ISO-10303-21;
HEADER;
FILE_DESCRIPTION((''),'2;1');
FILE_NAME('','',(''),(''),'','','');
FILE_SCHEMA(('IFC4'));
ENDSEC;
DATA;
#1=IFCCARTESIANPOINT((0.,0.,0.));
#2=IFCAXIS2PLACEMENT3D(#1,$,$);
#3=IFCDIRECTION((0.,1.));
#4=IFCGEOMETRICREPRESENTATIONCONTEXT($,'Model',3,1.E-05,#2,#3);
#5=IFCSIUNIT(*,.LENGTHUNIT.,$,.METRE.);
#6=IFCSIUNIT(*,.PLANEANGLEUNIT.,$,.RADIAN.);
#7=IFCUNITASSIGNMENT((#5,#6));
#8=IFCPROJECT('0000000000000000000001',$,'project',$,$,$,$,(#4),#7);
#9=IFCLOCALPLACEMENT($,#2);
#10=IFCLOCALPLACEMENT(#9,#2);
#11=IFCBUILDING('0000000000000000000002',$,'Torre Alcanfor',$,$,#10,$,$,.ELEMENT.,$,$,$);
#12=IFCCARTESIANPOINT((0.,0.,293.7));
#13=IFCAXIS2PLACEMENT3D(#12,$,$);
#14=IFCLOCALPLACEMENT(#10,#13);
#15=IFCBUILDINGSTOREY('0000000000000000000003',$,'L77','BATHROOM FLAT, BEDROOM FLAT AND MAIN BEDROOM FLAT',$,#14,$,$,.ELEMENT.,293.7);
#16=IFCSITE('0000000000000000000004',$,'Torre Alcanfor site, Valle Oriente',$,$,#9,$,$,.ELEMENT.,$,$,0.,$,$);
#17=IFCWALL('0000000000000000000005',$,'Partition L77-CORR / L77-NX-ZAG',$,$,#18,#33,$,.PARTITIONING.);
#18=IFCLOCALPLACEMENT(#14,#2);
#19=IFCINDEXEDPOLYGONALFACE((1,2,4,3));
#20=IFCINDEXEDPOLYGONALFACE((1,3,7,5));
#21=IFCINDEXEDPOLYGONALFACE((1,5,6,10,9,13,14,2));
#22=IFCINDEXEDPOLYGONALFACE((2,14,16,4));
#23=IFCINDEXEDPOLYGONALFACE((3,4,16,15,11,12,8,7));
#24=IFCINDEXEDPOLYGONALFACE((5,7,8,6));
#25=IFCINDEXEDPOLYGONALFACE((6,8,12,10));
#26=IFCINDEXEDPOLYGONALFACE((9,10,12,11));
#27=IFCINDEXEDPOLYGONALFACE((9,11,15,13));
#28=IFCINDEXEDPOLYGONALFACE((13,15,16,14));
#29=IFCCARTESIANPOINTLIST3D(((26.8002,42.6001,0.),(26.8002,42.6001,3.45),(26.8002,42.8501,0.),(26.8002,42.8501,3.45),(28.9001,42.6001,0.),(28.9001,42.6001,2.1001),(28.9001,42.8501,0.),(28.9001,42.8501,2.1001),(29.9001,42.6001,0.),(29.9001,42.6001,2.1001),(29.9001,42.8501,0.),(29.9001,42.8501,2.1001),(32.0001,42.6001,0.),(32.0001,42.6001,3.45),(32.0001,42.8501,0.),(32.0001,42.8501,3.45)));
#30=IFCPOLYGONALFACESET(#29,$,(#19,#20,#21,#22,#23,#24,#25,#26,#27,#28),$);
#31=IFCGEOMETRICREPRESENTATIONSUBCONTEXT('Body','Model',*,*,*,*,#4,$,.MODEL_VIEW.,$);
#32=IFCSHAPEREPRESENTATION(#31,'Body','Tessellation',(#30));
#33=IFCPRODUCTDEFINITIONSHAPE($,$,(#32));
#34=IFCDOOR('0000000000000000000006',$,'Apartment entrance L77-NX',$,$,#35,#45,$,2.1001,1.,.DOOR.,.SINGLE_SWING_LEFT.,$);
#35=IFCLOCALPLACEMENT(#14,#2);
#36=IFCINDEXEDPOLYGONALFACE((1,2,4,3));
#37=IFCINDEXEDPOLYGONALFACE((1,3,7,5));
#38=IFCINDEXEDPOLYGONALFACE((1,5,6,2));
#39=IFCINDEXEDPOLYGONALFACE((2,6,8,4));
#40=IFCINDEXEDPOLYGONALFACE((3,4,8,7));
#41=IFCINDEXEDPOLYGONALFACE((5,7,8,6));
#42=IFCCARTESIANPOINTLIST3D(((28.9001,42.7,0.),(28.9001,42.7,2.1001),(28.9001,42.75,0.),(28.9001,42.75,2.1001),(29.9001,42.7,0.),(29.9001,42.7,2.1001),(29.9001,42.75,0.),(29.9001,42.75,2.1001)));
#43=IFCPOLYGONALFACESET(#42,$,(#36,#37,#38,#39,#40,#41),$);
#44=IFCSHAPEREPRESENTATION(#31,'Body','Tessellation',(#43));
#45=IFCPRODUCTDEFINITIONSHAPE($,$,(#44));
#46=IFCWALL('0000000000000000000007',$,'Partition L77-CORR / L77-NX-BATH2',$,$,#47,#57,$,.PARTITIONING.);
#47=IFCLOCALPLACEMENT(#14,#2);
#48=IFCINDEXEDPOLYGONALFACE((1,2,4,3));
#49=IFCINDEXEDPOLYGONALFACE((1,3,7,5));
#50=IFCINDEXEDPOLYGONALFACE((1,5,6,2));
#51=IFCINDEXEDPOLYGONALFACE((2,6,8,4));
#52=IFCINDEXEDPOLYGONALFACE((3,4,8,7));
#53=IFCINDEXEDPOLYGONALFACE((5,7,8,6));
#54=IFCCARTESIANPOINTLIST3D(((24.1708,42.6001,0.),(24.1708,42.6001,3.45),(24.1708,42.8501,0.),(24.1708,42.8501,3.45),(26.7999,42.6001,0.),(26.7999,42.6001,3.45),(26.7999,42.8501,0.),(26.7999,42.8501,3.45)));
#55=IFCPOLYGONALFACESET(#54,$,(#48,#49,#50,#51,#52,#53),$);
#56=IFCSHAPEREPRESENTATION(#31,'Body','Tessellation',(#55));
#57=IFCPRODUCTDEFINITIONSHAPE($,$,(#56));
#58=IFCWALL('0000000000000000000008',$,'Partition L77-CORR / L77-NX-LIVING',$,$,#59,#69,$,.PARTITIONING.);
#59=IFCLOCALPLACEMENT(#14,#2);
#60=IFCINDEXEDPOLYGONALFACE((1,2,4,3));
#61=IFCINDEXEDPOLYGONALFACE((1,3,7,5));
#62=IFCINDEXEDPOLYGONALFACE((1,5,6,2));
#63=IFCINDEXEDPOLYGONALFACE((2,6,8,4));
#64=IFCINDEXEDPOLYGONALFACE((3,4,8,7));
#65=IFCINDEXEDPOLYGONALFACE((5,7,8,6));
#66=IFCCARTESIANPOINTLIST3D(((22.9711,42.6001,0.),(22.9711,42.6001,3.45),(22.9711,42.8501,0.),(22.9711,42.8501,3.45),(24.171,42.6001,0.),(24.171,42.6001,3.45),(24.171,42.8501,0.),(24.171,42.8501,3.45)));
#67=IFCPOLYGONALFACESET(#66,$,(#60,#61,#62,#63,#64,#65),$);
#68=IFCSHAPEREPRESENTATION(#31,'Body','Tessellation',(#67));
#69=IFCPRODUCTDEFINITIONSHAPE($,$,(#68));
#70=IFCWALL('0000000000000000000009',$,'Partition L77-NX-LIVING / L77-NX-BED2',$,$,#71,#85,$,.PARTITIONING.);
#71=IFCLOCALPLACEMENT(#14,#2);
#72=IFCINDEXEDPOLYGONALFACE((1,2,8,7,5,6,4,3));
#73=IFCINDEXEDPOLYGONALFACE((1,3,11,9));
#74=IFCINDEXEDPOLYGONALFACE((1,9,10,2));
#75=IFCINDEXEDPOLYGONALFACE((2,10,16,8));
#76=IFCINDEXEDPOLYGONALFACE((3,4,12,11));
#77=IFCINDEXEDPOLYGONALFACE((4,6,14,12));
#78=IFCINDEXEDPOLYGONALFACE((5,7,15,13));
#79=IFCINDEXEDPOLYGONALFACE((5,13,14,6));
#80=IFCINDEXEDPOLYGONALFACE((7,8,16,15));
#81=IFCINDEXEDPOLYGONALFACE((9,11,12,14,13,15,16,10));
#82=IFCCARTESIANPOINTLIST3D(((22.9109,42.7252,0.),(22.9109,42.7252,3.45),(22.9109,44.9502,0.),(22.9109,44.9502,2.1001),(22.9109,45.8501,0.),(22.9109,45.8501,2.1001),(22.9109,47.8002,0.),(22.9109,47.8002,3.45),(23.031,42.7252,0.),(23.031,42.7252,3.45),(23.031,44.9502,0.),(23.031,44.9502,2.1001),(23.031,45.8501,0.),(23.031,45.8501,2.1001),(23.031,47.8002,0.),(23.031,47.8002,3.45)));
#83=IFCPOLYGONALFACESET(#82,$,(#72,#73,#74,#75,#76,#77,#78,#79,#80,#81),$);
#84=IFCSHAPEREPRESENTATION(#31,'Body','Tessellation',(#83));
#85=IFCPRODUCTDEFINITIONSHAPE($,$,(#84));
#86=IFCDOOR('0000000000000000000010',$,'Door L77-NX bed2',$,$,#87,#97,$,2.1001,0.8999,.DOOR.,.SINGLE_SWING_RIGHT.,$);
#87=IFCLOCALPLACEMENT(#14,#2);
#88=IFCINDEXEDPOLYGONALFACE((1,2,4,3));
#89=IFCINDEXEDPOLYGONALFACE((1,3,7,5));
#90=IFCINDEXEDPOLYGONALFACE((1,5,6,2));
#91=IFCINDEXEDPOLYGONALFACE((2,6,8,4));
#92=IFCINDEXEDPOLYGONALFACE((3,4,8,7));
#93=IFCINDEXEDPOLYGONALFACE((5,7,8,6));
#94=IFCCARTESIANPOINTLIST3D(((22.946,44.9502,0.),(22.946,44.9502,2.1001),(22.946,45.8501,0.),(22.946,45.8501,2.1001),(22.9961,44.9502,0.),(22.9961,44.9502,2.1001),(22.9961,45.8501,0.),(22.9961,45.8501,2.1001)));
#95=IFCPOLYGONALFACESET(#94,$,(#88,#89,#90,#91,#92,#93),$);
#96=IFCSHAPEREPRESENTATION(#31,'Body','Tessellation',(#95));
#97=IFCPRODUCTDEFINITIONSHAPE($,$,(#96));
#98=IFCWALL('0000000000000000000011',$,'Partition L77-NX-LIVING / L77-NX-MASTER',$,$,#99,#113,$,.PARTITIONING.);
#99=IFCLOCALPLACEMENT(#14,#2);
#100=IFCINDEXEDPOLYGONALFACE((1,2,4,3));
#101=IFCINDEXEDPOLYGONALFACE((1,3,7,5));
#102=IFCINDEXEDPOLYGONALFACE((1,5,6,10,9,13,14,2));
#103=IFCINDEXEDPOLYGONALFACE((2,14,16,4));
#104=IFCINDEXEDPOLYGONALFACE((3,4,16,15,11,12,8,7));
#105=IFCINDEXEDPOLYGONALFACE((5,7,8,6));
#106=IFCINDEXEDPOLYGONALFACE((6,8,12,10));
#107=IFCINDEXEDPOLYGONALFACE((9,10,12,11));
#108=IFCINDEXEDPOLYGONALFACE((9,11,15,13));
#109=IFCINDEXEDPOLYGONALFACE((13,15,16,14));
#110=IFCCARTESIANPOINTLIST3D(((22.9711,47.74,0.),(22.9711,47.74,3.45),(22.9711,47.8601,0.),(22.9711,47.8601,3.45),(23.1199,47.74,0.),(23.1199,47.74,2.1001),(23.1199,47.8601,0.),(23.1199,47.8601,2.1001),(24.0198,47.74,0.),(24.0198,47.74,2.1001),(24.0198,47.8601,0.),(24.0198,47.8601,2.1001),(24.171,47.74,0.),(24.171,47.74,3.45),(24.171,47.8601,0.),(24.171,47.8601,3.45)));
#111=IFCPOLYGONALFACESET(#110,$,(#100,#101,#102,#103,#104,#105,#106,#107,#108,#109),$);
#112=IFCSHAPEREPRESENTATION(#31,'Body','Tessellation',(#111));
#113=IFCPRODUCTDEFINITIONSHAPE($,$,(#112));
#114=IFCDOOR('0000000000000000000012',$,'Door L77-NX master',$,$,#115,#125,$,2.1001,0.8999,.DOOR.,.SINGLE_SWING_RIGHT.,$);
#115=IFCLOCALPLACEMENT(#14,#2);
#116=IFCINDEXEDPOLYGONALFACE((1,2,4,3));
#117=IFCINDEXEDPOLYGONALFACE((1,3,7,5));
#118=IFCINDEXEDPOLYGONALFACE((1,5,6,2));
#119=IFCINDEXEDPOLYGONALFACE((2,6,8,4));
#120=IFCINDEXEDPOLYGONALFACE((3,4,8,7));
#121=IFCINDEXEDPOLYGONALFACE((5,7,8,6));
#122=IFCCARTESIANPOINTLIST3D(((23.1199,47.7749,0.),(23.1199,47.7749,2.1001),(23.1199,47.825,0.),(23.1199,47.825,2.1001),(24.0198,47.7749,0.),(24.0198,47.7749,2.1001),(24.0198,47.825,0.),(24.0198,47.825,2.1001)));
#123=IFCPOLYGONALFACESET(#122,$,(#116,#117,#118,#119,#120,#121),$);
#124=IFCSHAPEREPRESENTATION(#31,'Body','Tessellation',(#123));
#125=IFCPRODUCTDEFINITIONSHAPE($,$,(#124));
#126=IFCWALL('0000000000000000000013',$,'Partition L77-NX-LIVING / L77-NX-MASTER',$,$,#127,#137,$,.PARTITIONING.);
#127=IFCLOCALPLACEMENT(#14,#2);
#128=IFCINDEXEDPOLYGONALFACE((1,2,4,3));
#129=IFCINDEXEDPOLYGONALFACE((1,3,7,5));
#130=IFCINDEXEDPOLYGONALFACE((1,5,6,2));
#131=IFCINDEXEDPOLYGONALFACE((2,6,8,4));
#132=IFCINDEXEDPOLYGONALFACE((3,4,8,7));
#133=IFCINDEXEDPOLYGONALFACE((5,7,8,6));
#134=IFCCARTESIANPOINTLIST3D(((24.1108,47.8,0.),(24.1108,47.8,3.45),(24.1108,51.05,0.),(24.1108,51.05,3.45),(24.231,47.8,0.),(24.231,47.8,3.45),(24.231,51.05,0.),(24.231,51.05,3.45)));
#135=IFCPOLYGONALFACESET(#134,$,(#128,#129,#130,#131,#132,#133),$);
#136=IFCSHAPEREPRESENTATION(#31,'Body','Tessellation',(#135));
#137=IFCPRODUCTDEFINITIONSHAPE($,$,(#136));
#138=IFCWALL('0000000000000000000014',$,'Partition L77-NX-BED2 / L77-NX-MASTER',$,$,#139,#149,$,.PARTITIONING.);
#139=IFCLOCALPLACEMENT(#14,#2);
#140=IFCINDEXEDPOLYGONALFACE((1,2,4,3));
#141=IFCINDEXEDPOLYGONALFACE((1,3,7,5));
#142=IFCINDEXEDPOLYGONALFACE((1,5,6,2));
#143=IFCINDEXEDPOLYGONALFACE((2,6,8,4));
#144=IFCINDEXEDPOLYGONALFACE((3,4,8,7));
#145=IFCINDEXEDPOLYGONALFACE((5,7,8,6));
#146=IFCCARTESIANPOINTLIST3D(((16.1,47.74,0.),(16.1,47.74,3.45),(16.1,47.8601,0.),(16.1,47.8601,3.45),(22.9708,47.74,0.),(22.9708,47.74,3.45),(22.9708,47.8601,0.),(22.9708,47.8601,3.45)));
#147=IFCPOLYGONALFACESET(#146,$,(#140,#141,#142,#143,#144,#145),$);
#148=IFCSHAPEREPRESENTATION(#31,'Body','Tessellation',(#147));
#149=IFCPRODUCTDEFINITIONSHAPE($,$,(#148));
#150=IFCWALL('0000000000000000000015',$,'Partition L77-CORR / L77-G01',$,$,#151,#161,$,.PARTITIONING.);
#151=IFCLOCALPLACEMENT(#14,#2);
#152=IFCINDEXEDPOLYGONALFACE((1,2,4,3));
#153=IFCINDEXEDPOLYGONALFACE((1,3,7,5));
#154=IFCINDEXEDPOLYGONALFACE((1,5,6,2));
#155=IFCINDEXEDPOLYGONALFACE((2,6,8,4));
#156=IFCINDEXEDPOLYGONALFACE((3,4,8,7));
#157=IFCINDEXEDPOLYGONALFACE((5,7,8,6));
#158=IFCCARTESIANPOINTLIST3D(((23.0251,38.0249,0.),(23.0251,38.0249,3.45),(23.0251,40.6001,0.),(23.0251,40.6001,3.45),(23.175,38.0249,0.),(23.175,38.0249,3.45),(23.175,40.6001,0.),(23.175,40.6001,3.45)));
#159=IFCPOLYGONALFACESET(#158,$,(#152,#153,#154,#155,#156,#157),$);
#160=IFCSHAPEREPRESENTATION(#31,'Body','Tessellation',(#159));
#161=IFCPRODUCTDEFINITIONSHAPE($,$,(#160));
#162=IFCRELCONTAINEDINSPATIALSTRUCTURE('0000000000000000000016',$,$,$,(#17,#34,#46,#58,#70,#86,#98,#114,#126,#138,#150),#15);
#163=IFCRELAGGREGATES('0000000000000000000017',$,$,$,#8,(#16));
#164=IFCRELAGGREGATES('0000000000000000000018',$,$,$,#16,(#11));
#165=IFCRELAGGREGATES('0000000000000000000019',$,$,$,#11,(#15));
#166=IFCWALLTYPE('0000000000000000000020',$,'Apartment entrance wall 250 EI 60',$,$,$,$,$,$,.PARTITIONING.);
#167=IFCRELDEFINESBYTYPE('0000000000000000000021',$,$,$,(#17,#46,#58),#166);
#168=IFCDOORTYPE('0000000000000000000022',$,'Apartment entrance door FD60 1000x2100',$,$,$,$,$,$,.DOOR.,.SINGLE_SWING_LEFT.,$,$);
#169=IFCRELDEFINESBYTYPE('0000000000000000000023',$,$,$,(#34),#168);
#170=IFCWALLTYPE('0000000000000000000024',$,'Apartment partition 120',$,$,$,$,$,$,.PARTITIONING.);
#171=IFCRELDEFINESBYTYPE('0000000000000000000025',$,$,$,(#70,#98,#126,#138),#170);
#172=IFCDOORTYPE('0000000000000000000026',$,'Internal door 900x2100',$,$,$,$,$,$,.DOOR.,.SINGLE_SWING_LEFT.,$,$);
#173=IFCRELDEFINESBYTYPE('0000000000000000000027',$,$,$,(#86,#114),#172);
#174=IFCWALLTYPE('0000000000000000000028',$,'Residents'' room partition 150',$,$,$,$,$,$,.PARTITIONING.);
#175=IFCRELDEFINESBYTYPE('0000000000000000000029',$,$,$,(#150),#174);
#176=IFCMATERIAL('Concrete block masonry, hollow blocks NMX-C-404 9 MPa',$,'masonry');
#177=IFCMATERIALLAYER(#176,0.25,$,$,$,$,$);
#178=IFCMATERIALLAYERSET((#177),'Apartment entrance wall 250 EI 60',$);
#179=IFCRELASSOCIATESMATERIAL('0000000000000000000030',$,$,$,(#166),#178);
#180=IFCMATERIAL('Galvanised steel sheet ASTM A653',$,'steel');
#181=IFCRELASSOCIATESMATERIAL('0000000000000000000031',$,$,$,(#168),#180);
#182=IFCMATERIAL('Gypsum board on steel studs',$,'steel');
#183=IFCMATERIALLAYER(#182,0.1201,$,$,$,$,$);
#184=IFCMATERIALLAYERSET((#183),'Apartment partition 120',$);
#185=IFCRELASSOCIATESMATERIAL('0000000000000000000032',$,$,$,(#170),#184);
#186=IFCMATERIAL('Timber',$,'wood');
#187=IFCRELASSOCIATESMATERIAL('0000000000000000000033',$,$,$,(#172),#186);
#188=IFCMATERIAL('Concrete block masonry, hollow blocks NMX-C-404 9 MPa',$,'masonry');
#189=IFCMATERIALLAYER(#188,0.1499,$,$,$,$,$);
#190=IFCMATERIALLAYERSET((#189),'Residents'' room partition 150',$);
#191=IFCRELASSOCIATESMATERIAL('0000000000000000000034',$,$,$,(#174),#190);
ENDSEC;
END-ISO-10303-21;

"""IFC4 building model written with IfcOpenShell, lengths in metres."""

from ifc_helpers import new_model, si_unit, direction, frame, frame_2d, origin, place, context, subcontext, project, spatial, rectangle, extrude, material, layer, layer_set, type_object, element, fill, save


model = new_model("IFC4")

# Units and contexts
model_context = context("Model", 3, precision=1e-05, world=origin(), true_north=direction((0.0, 1.0)))
body_context = subcontext(model_context, "Body", "Model", "MODEL_VIEW")
ifc_project = project(units=[si_unit("LENGTHUNIT", "METRE"), si_unit("PLANEANGLEUNIT", "RADIAN")], contexts=[model_context])

# Site, building, storey
site_placement = place(None, origin())
site = spatial("IfcSite", under=ifc_project, at=site_placement, Name="Torre Alcanfor site, Valle Oriente", CompositionType="ELEMENT", RefElevation=0.0)
building_placement = place(site_placement, origin())
building = spatial("IfcBuilding", under=site, at=building_placement, Name="Torre Alcanfor", CompositionType="ELEMENT")
storey_placement = place(building_placement, frame((0.0, 0.0, 293.7)))
storey = spatial("IfcBuildingStorey", under=building, at=storey_placement, Name="L77", Description="BATHROOM FLAT, BEDROOM FLAT AND MAIN BEDROOM FLAT", CompositionType="ELEMENT", Elevation=293.7)

# Wall, opening, door
ifc_material_1 = material(Name="Concrete block masonry, hollow blocks NMX-C-404 9 MPa", Category="masonry")
ifc_layer_1 = layer(ifc_material_1, 0.25)
ifc_layer_set_1 = layer_set([ifc_layer_1], Name="Apartment entrance wall 250 EI 60")
wall_type_1 = type_object("IfcWallType", Name="Apartment entrance wall 250 EI 60", PredefinedType="PARTITIONING", material=ifc_layer_set_1)
wall_1_placement = place(storey_placement, frame((26.8, 42.7251, 0.0), z_axis=(0.0, 0.0, 1.0), x_axis=(1.0, 0.0, 0.0)))
wall_1 = element("IfcWall", 1, at=wall_1_placement, inside=storey, type_object=wall_type_1, Name="Partition L77-CORR / L77-NX-ZAG", PredefinedType="PARTITIONING", context=body_context, shape_type="SweptSolid", body=[
    extrude(rectangle(XDim=5.2, YDim=0.25, at=frame_2d((2.6001, 0.0))), origin(), (0.0, 0.0, 1.0), 3.45),
])
opening_1_placement = place(wall_1_placement, frame((2.1001, 0.0, 0.0)))
opening_1 = element("IfcOpeningElement", 2, at=opening_1_placement, cuts=wall_1, PredefinedType="OPENING", context=body_context, shape_type="SweptSolid", body=[
    extrude(rectangle(XDim=1.0, YDim=2.1001, at=frame_2d((0.5, 1.05))), frame((0.0, 0.135, 0.0), z_axis=(0.0, -1.0, 0.0), x_axis=(1.0, 0.0, 0.0)), (0.0, 0.0, 1.0), 0.27),
])
ifc_material_2 = material(Name="Galvanised steel sheet ASTM A653", Category="steel")
door_type_1 = type_object("IfcDoorType", Name="Apartment entrance door FD60 1000x2100", OperationType="SINGLE_SWING_LEFT", PredefinedType="DOOR", material=ifc_material_2)
door_1_placement = place(opening_1_placement, origin())
door_1 = element("IfcDoor", 3, at=door_1_placement, inside=storey, type_object=door_type_1, Name="Apartment entrance L77-NX", OperationType="SINGLE_SWING_LEFT", OverallHeight=2.1001, OverallWidth=1.0, PredefinedType="DOOR", context=body_context, shape_type="SweptSolid", body=[
    extrude(rectangle(XDim=1.0, YDim=2.1001, at=frame_2d((0.5, 1.05))), frame((0.0, 0.0249, 0.0), z_axis=(0.0, -1.0, 0.0), x_axis=(1.0, 0.0, 0.0)), (0.0, 0.0, 1.0), 0.05),
])
fill(opening_1, door_1)

# Walls
wall_2_placement = place(storey_placement, frame((24.1709, 42.7251, 0.0), z_axis=(0.0, 0.0, 1.0), x_axis=(1.0, 0.0, 0.0)))
element("IfcWall", 4, at=wall_2_placement, inside=storey, type_object=wall_type_1, Name="Partition L77-CORR / L77-NX-BATH2", PredefinedType="PARTITIONING", context=body_context, shape_type="SweptSolid", body=[
    extrude(rectangle(XDim=2.6292, YDim=0.25, at=frame_2d((1.3145, 0.0))), origin(), (0.0, 0.0, 1.0), 3.45),
])
wall_3_placement = place(storey_placement, frame((22.9709, 42.7251, 0.0), z_axis=(0.0, 0.0, 1.0), x_axis=(1.0, 0.0, 0.0)))
element("IfcWall", 5, at=wall_3_placement, inside=storey, type_object=wall_type_1, Name="Partition L77-CORR / L77-NX-LIVING", PredefinedType="PARTITIONING", context=body_context, shape_type="SweptSolid", body=[
    extrude(rectangle(XDim=1.2, YDim=0.25, at=frame_2d((0.6001, 0.0))), origin(), (0.0, 0.0, 1.0), 3.45),
])

# Walls, openings, doors
ifc_material_3 = material(Name="Gypsum board on steel studs", Category="steel")
ifc_layer_2 = layer(ifc_material_3, 0.1201)
ifc_layer_set_2 = layer_set([ifc_layer_2], Name="Apartment partition 120")
wall_type_2 = type_object("IfcWallType", Name="Apartment partition 120", PredefinedType="PARTITIONING", material=ifc_layer_set_2)
wall_4_placement = place(storey_placement, frame((22.9709, 42.7251, 0.0), z_axis=(0.0, 0.0, 1.0), x_axis=(0.0, 1.0, 0.0)))
wall_4 = element("IfcWall", 6, at=wall_4_placement, inside=storey, type_object=wall_type_2, Name="Partition L77-NX-LIVING / L77-NX-BED2", PredefinedType="PARTITIONING", context=body_context, shape_type="SweptSolid", body=[
    extrude(rectangle(XDim=5.075, YDim=0.1201, at=frame_2d((2.5376, 0.0))), origin(), (0.0, 0.0, 1.0), 3.45),
])
opening_2_placement = place(wall_4_placement, frame((2.2251, 0.0, 0.0)))
opening_2 = element("IfcOpeningElement", 7, at=opening_2_placement, cuts=wall_4, PredefinedType="OPENING", context=body_context, shape_type="SweptSolid", body=[
    extrude(rectangle(XDim=0.8999, YDim=2.1001, at=frame_2d((0.45, 1.05))), frame((0.0, 0.0701, 0.0), z_axis=(0.0, -1.0, 0.0), x_axis=(1.0, 0.0, 0.0)), (0.0, 0.0, 1.0), 0.1401),
])
ifc_material_4 = material(Name="Timber", Category="wood")
door_type_2 = type_object("IfcDoorType", Name="Internal door 900x2100", OperationType="SINGLE_SWING_LEFT", PredefinedType="DOOR", material=ifc_material_4)
door_2_placement = place(opening_2_placement, origin())
door_2 = element("IfcDoor", 8, at=door_2_placement, inside=storey, type_object=door_type_2, Name="Door L77-NX bed2", OperationType="SINGLE_SWING_RIGHT", OverallHeight=2.1001, OverallWidth=0.8999, PredefinedType="DOOR", context=body_context, shape_type="SweptSolid", body=[
    extrude(rectangle(XDim=0.8999, YDim=2.1001, at=frame_2d((0.45, 1.05))), frame((0.0, 0.0249, 0.0), z_axis=(0.0, -1.0, 0.0), x_axis=(1.0, 0.0, 0.0)), (0.0, 0.0, 1.0), 0.05),
])
fill(opening_2, door_2)
wall_5_placement = place(storey_placement, frame((22.9709, 47.8, 0.0), z_axis=(0.0, 0.0, 1.0), x_axis=(1.0, 0.0, 0.0)))
wall_5 = element("IfcWall", 9, at=wall_5_placement, inside=storey, type_object=wall_type_2, Name="Partition L77-NX-LIVING / L77-NX-MASTER", PredefinedType="PARTITIONING", context=body_context, shape_type="SweptSolid", body=[
    extrude(rectangle(XDim=1.2, YDim=0.1201, at=frame_2d((0.6001, 0.0))), origin(), (0.0, 0.0, 1.0), 3.45),
])
opening_3_placement = place(wall_5_placement, frame((0.1489, 0.0, 0.0)))
opening_3 = element("IfcOpeningElement", 10, at=opening_3_placement, cuts=wall_5, PredefinedType="OPENING", context=body_context, shape_type="SweptSolid", body=[
    extrude(rectangle(XDim=0.8999, YDim=2.1001, at=frame_2d((0.45, 1.05))), frame((0.0, 0.0701, 0.0), z_axis=(0.0, -1.0, 0.0), x_axis=(1.0, 0.0, 0.0)), (0.0, 0.0, 1.0), 0.1401),
])
door_3_placement = place(opening_3_placement, origin())
door_3 = element("IfcDoor", 11, at=door_3_placement, inside=storey, type_object=door_type_2, Name="Door L77-NX master", OperationType="SINGLE_SWING_RIGHT", OverallHeight=2.1001, OverallWidth=0.8999, PredefinedType="DOOR", context=body_context, shape_type="SweptSolid", body=[
    extrude(rectangle(XDim=0.8999, YDim=2.1001, at=frame_2d((0.45, 1.05))), frame((0.0, 0.0249, 0.0), z_axis=(0.0, -1.0, 0.0), x_axis=(1.0, 0.0, 0.0)), (0.0, 0.0, 1.0), 0.05),
])
fill(opening_3, door_3)

# Walls
wall_6_placement = place(storey_placement, frame((24.1709, 47.8, 0.0), z_axis=(0.0, 0.0, 1.0), x_axis=(0.0, 1.0, 0.0)))
element("IfcWall", 12, at=wall_6_placement, inside=storey, type_object=wall_type_2, Name="Partition L77-NX-LIVING / L77-NX-MASTER", PredefinedType="PARTITIONING", context=body_context, shape_type="SweptSolid", body=[
    extrude(rectangle(XDim=3.25, YDim=0.1201, at=frame_2d((1.625, 0.0))), origin(), (0.0, 0.0, 1.0), 3.45),
])
wall_7_placement = place(storey_placement, frame((22.9709, 47.8, 0.0), z_axis=(0.0, 0.0, 1.0), x_axis=(-1.0, 0.0, 0.0)))
element("IfcWall", 13, at=wall_7_placement, inside=storey, type_object=wall_type_2, Name="Partition L77-NX-BED2 / L77-NX-MASTER", PredefinedType="PARTITIONING", context=body_context, shape_type="SweptSolid", body=[
    extrude(rectangle(XDim=6.8708, YDim=0.1201, at=frame_2d((3.4355, 0.0))), origin(), (0.0, 0.0, 1.0), 3.45),
])
ifc_material_5 = material(Name="Concrete block masonry, hollow blocks NMX-C-404 9 MPa", Category="masonry")
ifc_layer_3 = layer(ifc_material_5, 0.1499)
ifc_layer_set_3 = layer_set([ifc_layer_3], Name="Residents' room partition 150")
wall_type_3 = type_object("IfcWallType", Name="Residents' room partition 150", PredefinedType="PARTITIONING", material=ifc_layer_set_3)
wall_8_placement = place(storey_placement, frame((23.1001, 38.0249, 0.0), z_axis=(0.0, 0.0, 1.0), x_axis=(0.0, 1.0, 0.0)))
element("IfcWall", 14, at=wall_8_placement, inside=storey, type_object=wall_type_3, Name="Partition L77-CORR / L77-G01", PredefinedType="PARTITIONING", context=body_context, shape_type="SweptSolid", body=[
    extrude(rectangle(XDim=2.5752, YDim=0.1499, at=frame_2d((1.2876, 0.0))), origin(), (0.0, 0.0, 1.0), 3.45),
])

save(model, "model.ifc")
